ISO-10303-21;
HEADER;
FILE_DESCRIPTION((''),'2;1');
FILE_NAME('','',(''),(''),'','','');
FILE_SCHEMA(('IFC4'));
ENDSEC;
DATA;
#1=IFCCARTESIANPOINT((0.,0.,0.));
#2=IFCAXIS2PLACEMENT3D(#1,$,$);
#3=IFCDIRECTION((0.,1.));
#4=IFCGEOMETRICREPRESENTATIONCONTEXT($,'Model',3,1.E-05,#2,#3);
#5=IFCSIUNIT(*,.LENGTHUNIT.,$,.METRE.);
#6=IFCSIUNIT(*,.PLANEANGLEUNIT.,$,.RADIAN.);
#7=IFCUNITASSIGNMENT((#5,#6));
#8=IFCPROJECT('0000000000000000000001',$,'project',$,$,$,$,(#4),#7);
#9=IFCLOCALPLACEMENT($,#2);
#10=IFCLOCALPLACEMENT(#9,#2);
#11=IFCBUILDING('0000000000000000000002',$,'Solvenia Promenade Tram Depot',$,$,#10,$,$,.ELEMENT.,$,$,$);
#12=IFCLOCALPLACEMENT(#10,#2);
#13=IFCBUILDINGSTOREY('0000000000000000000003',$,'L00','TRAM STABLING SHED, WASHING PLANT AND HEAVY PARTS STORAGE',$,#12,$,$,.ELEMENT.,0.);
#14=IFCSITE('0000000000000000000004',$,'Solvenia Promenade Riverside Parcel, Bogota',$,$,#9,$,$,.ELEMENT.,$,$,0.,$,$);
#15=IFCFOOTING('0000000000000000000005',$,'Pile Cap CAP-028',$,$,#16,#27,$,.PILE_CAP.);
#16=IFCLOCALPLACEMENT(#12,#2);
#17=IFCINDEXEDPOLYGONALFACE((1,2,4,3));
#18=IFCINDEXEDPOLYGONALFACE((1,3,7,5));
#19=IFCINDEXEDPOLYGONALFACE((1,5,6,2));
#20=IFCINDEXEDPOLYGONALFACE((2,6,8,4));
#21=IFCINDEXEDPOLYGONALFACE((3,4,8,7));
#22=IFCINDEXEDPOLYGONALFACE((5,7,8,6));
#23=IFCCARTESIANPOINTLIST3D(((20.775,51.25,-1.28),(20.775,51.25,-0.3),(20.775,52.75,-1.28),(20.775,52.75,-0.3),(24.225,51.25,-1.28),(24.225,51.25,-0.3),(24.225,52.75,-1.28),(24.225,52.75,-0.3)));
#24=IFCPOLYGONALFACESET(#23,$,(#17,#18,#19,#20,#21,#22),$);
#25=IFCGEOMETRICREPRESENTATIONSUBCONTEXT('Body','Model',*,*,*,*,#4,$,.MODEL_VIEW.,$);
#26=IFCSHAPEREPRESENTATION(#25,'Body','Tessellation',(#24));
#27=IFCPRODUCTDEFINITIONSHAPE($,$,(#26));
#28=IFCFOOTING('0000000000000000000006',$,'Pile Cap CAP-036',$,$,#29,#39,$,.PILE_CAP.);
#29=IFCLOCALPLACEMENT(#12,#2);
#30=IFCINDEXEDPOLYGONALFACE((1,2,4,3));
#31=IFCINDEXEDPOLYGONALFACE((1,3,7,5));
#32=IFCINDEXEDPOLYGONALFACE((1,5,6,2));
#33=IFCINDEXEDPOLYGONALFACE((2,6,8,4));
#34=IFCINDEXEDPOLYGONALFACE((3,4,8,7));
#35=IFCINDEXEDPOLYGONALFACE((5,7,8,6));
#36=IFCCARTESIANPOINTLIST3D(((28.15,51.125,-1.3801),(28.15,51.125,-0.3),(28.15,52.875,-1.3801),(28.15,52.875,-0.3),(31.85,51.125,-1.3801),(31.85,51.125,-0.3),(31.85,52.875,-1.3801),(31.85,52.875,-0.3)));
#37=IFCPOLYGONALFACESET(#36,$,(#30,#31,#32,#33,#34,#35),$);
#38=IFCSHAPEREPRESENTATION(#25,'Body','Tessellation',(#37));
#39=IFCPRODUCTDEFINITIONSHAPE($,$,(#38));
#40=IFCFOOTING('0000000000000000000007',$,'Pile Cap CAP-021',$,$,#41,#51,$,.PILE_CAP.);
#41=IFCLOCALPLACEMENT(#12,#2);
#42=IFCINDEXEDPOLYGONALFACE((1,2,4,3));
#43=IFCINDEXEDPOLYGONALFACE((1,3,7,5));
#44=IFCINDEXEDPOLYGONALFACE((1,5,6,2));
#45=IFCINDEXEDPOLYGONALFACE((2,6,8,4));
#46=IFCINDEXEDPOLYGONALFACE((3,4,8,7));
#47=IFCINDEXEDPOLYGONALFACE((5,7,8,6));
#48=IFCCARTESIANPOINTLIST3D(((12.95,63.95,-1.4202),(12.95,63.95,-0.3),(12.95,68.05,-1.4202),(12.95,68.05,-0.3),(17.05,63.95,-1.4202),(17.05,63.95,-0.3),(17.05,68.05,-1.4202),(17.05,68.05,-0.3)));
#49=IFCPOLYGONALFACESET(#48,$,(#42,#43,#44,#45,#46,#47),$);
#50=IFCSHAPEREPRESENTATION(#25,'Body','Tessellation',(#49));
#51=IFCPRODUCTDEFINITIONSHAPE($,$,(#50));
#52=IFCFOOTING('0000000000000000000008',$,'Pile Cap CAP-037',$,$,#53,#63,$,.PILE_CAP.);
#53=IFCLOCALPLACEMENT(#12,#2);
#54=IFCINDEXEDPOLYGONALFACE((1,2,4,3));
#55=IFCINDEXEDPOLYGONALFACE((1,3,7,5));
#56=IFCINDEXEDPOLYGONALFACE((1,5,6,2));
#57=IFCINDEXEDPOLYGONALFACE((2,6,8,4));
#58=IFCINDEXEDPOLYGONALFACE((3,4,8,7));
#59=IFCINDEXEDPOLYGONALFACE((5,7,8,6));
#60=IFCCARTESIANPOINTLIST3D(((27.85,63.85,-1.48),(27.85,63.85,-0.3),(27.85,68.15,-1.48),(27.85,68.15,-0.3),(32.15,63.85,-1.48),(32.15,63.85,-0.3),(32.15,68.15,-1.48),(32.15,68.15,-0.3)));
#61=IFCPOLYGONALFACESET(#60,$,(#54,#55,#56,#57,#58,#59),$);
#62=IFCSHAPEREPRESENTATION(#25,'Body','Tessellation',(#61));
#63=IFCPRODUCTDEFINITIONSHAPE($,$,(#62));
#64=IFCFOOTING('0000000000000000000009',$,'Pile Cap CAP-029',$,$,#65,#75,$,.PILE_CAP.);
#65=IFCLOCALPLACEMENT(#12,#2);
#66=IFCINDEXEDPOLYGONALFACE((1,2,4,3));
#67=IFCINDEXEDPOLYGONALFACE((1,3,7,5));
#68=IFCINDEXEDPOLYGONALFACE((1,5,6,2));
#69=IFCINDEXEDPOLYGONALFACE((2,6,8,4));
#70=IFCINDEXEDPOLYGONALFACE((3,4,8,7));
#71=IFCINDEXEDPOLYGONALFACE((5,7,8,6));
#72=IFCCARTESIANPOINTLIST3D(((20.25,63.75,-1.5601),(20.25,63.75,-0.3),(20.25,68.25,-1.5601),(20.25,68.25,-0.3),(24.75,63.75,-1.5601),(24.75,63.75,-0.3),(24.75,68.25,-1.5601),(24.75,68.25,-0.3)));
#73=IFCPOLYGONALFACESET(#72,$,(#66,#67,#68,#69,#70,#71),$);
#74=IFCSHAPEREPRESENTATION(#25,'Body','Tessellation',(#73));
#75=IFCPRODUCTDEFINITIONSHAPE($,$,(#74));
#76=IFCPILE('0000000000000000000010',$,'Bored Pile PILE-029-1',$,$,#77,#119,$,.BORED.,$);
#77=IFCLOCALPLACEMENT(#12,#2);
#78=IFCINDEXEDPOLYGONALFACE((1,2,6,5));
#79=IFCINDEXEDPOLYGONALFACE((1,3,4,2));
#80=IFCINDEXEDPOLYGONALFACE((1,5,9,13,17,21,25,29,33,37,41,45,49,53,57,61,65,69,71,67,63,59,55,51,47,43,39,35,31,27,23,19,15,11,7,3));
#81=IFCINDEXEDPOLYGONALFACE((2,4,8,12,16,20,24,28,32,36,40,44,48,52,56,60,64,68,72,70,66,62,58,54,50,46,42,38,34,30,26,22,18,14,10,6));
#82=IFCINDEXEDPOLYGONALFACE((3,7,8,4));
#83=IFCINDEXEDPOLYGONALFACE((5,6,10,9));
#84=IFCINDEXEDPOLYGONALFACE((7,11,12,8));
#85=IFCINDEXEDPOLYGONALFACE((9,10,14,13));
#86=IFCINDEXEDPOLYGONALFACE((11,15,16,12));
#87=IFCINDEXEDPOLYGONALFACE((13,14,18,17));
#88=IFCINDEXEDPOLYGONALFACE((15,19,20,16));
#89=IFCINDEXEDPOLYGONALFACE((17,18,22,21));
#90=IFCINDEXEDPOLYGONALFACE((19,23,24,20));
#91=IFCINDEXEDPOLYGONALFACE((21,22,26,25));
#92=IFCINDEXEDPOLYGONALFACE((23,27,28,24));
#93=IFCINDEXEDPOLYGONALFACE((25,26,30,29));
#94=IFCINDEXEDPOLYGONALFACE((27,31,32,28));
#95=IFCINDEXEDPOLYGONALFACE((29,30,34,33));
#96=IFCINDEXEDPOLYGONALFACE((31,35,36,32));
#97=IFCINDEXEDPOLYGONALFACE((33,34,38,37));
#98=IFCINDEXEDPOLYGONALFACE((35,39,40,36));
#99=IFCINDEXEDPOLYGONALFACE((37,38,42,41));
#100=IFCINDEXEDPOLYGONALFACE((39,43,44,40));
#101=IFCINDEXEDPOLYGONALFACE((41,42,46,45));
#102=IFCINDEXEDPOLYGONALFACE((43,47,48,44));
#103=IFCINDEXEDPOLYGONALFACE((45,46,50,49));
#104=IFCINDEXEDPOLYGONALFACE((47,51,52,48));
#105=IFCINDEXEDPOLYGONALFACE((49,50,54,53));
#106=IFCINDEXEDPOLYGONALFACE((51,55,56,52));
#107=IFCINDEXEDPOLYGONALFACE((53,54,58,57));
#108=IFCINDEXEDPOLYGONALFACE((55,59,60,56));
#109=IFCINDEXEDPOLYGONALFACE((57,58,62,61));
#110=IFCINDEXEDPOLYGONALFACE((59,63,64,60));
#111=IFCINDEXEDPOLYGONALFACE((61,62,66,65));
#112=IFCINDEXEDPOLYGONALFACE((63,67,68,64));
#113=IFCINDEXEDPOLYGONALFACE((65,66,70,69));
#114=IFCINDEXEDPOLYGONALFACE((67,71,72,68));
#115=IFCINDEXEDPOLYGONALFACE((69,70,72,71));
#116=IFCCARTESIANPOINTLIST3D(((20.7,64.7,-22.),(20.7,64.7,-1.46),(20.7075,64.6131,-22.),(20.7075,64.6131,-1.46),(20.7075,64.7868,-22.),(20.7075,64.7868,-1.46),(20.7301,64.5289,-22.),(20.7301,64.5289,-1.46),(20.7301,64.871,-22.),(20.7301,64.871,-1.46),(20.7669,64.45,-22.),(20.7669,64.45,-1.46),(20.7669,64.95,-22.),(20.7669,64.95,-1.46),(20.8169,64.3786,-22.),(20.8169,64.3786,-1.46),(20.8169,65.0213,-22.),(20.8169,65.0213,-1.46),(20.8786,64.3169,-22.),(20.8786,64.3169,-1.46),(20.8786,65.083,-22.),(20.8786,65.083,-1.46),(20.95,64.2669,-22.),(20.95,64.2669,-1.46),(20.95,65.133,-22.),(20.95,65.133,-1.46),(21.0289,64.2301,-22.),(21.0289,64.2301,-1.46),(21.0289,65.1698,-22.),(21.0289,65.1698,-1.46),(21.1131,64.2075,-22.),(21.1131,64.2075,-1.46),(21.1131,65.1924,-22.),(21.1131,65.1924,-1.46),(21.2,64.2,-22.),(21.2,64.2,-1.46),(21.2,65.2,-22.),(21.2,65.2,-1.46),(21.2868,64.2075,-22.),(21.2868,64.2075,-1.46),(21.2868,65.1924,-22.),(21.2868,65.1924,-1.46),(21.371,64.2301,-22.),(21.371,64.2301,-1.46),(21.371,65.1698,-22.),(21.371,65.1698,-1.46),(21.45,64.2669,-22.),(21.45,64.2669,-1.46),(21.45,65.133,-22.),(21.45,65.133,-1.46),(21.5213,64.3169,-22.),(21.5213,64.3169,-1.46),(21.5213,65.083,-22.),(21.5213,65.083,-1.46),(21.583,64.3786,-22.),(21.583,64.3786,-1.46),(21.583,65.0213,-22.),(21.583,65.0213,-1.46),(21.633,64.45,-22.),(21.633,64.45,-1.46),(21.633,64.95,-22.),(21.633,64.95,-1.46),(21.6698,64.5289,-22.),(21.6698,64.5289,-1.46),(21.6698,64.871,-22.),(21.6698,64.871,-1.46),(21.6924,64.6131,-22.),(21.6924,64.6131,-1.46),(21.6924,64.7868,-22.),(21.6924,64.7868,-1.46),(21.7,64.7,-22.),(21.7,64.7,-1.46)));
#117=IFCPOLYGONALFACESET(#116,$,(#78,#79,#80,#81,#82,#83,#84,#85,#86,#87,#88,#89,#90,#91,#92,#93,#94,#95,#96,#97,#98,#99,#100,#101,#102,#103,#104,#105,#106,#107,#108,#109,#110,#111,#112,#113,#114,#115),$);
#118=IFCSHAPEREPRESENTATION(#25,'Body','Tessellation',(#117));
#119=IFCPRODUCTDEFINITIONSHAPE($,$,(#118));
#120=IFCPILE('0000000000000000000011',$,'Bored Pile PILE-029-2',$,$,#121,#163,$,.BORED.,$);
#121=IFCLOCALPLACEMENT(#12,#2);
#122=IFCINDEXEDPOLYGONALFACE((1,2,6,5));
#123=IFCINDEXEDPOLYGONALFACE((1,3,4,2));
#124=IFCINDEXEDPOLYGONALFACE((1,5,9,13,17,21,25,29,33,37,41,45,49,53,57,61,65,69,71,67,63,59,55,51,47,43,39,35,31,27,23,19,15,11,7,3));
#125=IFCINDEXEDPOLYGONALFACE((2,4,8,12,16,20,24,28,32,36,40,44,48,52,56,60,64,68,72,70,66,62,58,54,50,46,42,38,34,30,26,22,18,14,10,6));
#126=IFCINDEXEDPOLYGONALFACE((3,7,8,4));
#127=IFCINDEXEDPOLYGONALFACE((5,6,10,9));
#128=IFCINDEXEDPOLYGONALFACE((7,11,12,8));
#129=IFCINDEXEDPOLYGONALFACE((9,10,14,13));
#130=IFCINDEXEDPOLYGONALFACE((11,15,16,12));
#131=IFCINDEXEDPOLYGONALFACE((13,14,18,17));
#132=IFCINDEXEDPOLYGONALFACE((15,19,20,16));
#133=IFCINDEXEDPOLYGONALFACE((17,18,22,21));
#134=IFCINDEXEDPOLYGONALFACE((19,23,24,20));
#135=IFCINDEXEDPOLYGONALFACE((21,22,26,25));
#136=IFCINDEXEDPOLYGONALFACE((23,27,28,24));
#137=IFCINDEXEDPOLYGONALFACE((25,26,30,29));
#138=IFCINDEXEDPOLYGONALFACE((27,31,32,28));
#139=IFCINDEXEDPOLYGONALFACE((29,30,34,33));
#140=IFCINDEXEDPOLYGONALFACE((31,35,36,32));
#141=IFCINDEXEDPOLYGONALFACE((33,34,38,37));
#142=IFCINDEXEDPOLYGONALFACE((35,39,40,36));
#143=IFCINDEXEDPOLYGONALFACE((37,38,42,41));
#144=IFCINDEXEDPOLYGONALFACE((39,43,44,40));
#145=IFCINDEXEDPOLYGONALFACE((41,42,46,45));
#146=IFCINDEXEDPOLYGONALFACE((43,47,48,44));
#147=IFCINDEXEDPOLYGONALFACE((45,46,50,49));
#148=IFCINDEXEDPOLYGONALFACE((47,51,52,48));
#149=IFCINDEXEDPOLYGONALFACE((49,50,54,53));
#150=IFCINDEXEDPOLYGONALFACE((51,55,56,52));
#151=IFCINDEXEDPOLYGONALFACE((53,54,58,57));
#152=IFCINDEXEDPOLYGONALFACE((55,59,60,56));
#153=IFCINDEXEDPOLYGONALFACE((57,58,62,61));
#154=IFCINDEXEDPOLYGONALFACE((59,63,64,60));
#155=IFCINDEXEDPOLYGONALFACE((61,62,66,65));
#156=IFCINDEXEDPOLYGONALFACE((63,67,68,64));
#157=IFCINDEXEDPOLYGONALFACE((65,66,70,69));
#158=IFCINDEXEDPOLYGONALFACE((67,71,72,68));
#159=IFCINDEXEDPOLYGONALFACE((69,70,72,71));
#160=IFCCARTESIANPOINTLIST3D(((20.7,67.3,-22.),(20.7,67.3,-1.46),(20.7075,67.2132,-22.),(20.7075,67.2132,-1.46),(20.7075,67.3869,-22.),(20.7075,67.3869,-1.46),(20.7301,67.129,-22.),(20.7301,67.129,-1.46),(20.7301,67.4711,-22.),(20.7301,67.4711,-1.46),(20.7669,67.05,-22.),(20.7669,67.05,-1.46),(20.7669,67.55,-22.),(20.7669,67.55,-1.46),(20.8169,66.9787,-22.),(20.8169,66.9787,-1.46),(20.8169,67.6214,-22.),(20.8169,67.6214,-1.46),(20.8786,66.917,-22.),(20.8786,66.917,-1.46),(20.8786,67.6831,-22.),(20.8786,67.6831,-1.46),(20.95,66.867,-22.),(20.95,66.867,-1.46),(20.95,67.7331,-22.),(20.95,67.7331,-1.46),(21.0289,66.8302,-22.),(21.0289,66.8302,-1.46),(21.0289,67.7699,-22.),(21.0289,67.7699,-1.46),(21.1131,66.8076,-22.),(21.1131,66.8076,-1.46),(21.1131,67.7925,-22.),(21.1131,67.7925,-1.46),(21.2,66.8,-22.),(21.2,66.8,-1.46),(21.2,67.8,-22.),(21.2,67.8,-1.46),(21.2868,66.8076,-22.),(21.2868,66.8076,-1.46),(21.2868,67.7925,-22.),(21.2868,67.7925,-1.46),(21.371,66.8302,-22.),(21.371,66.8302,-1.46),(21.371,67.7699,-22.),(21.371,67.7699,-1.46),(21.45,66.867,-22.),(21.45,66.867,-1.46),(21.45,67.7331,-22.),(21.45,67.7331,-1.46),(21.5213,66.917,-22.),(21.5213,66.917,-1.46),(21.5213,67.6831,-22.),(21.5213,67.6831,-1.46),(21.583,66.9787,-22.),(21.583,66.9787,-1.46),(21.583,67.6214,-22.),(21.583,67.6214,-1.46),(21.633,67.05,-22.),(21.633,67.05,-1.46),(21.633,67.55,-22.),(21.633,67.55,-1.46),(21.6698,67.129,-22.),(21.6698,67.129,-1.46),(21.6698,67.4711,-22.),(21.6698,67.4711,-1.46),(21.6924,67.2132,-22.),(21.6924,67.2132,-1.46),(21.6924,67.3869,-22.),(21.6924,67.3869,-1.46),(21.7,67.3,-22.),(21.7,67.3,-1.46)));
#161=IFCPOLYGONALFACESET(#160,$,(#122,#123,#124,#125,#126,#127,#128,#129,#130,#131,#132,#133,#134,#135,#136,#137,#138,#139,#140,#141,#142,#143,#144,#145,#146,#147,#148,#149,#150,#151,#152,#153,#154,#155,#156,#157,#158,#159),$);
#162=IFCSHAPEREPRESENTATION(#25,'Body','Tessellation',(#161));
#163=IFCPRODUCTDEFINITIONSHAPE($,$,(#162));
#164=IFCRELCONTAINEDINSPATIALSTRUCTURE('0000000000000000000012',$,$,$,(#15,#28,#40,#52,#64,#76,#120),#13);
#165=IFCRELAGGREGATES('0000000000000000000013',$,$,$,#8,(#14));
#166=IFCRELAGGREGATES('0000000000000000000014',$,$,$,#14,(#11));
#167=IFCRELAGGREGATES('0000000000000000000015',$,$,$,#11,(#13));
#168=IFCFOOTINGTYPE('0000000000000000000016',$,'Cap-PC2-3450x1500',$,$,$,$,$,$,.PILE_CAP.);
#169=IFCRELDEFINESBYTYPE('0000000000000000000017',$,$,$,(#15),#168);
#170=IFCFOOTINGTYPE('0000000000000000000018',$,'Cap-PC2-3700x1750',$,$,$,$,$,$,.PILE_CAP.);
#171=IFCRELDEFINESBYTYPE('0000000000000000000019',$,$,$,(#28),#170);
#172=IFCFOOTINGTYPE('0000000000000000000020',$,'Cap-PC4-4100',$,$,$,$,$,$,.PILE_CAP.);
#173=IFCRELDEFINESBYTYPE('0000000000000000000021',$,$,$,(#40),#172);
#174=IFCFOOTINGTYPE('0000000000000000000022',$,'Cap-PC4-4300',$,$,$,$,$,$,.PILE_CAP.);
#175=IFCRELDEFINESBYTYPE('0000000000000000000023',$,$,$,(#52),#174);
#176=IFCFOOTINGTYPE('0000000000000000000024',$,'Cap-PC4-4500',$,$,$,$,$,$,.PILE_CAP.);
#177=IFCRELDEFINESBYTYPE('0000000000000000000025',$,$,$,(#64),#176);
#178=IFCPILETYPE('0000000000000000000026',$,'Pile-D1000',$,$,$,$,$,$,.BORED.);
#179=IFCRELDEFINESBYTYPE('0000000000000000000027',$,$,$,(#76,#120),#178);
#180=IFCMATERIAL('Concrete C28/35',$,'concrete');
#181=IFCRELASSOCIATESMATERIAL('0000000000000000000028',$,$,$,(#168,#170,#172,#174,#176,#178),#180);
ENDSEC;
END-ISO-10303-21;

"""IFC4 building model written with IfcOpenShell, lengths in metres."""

from ifc_helpers import new_model, si_unit, direction, frame, origin, origin_2d, place, context, subcontext, project, spatial, rectangle, circle, extrude, material, material_profile, profile_set, type_object, element, save


model = new_model("IFC4")

# Units and contexts
model_context = context("Model", 3, precision=1e-05, world=origin(), true_north=direction((0.0, 1.0)))
body_context = subcontext(model_context, "Body", "Model", "MODEL_VIEW")
ifc_project = project(units=[si_unit("LENGTHUNIT", "METRE"), si_unit("PLANEANGLEUNIT", "RADIAN")], contexts=[model_context])

# Site, building, storey
site_placement = place(None, origin())
site = spatial("IfcSite", under=ifc_project, at=site_placement, Name="Solvenia Promenade Riverside Parcel, Bogota", CompositionType="ELEMENT", RefElevation=0.0)
building_placement = place(site_placement, origin())
building = spatial("IfcBuilding", under=site, at=building_placement, Name="Solvenia Promenade Tram Depot", CompositionType="ELEMENT")
storey_placement = place(building_placement, origin())
storey = spatial("IfcBuildingStorey", under=building, at=storey_placement, Name="L00", Description="TRAM STABLING SHED, WASHING PLANT AND HEAVY PARTS STORAGE", CompositionType="ELEMENT", Elevation=0.0)

# Footings
ifc_material_1 = material(Name="Concrete C28/35", Category="concrete")
footing_type_1 = type_object("IfcFootingType", Name="Cap-PC2-3450x1500", PredefinedType="PILE_CAP", material=ifc_material_1)
footing_1_placement = place(storey_placement, frame((22.5, 52.0, -1.28), z_axis=(0.0, 0.0, 1.0), x_axis=(1.0, 0.0, 0.0)))
element("IfcFooting", 1, at=footing_1_placement, inside=storey, type_object=footing_type_1, Name="Pile Cap CAP-028", PredefinedType="PILE_CAP", context=body_context, shape_type="SweptSolid", body=[
    extrude(rectangle(XDim=3.45, YDim=1.5, at=origin_2d()), origin(), (0.0, 0.0, 1.0), 0.98),
])
footing_type_2 = type_object("IfcFootingType", Name="Cap-PC2-3700x1750", PredefinedType="PILE_CAP", material=ifc_material_1)
footing_2_placement = place(storey_placement, frame((30.0, 52.0, -1.3801), z_axis=(0.0, 0.0, 1.0), x_axis=(1.0, 0.0, 0.0)))
element("IfcFooting", 2, at=footing_2_placement, inside=storey, type_object=footing_type_2, Name="Pile Cap CAP-036", PredefinedType="PILE_CAP", context=body_context, shape_type="SweptSolid", body=[
    extrude(rectangle(XDim=3.7, YDim=1.75, at=origin_2d()), origin(), (0.0, 0.0, 1.0), 1.0801),
])
footing_type_3 = type_object("IfcFootingType", Name="Cap-PC4-4100", PredefinedType="PILE_CAP", material=ifc_material_1)
footing_3_placement = place(storey_placement, frame((15.0, 66.0, -1.4202), z_axis=(0.0, 0.0, 1.0), x_axis=(1.0, 0.0, 0.0)))
element("IfcFooting", 3, at=footing_3_placement, inside=storey, type_object=footing_type_3, Name="Pile Cap CAP-021", PredefinedType="PILE_CAP", context=body_context, shape_type="SweptSolid", body=[
    extrude(rectangle(XDim=4.1001, YDim=4.1001, at=origin_2d()), origin(), (0.0, 0.0, 1.0), 1.1201),
])
footing_type_4 = type_object("IfcFootingType", Name="Cap-PC4-4300", PredefinedType="PILE_CAP", material=ifc_material_1)
footing_4_placement = place(storey_placement, frame((30.0, 66.0, -1.48), z_axis=(0.0, 0.0, 1.0), x_axis=(1.0, 0.0, 0.0)))
element("IfcFooting", 4, at=footing_4_placement, inside=storey, type_object=footing_type_4, Name="Pile Cap CAP-037", PredefinedType="PILE_CAP", context=body_context, shape_type="SweptSolid", body=[
    extrude(rectangle(XDim=4.3, YDim=4.3, at=origin_2d()), origin(), (0.0, 0.0, 1.0), 1.1799),
])
footing_type_5 = type_object("IfcFootingType", Name="Cap-PC4-4500", PredefinedType="PILE_CAP", material=ifc_material_1)
footing_5_placement = place(storey_placement, frame((22.5, 66.0, -1.5601), z_axis=(0.0, 0.0, 1.0), x_axis=(1.0, 0.0, 0.0)))
element("IfcFooting", 5, at=footing_5_placement, inside=storey, type_object=footing_type_5, Name="Pile Cap CAP-029", PredefinedType="PILE_CAP", context=body_context, shape_type="SweptSolid", body=[
    extrude(rectangle(XDim=4.5, YDim=4.5, at=origin_2d()), origin(), (0.0, 0.0, 1.0), 1.26),
])

# Piles
ifc_material_profile_1 = material_profile(ifc_material_1, circle(Radius=0.5, at=origin_2d()), Name="D1000", Category="concrete")
ifc_profile_set_1 = profile_set([ifc_material_profile_1], Name="Concrete C28/35")
pile_type_1 = type_object("IfcPileType", Name="Pile-D1000", PredefinedType="BORED", material=ifc_profile_set_1)
for number, where, z_axis, x_axis, name in (
    (6, (21.2, 64.7, -1.46), (0.0, 0.0, -1.0), (1.0, 0.0, 0.0), "Bored Pile PILE-029-1"),
    (7, (21.2, 67.3, -1.46), (0.0, 0.0, -1.0), (1.0, 0.0, 0.0), "Bored Pile PILE-029-2"),
):
    element("IfcPile", number, at=place(storey_placement, frame(where, z_axis=z_axis, x_axis=x_axis)), inside=storey, type_object=pile_type_1, Name=name, PredefinedType="BORED", context=body_context, shape_type="SweptSolid", body=[
        extrude(circle(Radius=0.5, at=origin_2d()), origin(), (0.0, 0.0, 1.0), 20.54),
    ])

save(model, "model.ifc")
